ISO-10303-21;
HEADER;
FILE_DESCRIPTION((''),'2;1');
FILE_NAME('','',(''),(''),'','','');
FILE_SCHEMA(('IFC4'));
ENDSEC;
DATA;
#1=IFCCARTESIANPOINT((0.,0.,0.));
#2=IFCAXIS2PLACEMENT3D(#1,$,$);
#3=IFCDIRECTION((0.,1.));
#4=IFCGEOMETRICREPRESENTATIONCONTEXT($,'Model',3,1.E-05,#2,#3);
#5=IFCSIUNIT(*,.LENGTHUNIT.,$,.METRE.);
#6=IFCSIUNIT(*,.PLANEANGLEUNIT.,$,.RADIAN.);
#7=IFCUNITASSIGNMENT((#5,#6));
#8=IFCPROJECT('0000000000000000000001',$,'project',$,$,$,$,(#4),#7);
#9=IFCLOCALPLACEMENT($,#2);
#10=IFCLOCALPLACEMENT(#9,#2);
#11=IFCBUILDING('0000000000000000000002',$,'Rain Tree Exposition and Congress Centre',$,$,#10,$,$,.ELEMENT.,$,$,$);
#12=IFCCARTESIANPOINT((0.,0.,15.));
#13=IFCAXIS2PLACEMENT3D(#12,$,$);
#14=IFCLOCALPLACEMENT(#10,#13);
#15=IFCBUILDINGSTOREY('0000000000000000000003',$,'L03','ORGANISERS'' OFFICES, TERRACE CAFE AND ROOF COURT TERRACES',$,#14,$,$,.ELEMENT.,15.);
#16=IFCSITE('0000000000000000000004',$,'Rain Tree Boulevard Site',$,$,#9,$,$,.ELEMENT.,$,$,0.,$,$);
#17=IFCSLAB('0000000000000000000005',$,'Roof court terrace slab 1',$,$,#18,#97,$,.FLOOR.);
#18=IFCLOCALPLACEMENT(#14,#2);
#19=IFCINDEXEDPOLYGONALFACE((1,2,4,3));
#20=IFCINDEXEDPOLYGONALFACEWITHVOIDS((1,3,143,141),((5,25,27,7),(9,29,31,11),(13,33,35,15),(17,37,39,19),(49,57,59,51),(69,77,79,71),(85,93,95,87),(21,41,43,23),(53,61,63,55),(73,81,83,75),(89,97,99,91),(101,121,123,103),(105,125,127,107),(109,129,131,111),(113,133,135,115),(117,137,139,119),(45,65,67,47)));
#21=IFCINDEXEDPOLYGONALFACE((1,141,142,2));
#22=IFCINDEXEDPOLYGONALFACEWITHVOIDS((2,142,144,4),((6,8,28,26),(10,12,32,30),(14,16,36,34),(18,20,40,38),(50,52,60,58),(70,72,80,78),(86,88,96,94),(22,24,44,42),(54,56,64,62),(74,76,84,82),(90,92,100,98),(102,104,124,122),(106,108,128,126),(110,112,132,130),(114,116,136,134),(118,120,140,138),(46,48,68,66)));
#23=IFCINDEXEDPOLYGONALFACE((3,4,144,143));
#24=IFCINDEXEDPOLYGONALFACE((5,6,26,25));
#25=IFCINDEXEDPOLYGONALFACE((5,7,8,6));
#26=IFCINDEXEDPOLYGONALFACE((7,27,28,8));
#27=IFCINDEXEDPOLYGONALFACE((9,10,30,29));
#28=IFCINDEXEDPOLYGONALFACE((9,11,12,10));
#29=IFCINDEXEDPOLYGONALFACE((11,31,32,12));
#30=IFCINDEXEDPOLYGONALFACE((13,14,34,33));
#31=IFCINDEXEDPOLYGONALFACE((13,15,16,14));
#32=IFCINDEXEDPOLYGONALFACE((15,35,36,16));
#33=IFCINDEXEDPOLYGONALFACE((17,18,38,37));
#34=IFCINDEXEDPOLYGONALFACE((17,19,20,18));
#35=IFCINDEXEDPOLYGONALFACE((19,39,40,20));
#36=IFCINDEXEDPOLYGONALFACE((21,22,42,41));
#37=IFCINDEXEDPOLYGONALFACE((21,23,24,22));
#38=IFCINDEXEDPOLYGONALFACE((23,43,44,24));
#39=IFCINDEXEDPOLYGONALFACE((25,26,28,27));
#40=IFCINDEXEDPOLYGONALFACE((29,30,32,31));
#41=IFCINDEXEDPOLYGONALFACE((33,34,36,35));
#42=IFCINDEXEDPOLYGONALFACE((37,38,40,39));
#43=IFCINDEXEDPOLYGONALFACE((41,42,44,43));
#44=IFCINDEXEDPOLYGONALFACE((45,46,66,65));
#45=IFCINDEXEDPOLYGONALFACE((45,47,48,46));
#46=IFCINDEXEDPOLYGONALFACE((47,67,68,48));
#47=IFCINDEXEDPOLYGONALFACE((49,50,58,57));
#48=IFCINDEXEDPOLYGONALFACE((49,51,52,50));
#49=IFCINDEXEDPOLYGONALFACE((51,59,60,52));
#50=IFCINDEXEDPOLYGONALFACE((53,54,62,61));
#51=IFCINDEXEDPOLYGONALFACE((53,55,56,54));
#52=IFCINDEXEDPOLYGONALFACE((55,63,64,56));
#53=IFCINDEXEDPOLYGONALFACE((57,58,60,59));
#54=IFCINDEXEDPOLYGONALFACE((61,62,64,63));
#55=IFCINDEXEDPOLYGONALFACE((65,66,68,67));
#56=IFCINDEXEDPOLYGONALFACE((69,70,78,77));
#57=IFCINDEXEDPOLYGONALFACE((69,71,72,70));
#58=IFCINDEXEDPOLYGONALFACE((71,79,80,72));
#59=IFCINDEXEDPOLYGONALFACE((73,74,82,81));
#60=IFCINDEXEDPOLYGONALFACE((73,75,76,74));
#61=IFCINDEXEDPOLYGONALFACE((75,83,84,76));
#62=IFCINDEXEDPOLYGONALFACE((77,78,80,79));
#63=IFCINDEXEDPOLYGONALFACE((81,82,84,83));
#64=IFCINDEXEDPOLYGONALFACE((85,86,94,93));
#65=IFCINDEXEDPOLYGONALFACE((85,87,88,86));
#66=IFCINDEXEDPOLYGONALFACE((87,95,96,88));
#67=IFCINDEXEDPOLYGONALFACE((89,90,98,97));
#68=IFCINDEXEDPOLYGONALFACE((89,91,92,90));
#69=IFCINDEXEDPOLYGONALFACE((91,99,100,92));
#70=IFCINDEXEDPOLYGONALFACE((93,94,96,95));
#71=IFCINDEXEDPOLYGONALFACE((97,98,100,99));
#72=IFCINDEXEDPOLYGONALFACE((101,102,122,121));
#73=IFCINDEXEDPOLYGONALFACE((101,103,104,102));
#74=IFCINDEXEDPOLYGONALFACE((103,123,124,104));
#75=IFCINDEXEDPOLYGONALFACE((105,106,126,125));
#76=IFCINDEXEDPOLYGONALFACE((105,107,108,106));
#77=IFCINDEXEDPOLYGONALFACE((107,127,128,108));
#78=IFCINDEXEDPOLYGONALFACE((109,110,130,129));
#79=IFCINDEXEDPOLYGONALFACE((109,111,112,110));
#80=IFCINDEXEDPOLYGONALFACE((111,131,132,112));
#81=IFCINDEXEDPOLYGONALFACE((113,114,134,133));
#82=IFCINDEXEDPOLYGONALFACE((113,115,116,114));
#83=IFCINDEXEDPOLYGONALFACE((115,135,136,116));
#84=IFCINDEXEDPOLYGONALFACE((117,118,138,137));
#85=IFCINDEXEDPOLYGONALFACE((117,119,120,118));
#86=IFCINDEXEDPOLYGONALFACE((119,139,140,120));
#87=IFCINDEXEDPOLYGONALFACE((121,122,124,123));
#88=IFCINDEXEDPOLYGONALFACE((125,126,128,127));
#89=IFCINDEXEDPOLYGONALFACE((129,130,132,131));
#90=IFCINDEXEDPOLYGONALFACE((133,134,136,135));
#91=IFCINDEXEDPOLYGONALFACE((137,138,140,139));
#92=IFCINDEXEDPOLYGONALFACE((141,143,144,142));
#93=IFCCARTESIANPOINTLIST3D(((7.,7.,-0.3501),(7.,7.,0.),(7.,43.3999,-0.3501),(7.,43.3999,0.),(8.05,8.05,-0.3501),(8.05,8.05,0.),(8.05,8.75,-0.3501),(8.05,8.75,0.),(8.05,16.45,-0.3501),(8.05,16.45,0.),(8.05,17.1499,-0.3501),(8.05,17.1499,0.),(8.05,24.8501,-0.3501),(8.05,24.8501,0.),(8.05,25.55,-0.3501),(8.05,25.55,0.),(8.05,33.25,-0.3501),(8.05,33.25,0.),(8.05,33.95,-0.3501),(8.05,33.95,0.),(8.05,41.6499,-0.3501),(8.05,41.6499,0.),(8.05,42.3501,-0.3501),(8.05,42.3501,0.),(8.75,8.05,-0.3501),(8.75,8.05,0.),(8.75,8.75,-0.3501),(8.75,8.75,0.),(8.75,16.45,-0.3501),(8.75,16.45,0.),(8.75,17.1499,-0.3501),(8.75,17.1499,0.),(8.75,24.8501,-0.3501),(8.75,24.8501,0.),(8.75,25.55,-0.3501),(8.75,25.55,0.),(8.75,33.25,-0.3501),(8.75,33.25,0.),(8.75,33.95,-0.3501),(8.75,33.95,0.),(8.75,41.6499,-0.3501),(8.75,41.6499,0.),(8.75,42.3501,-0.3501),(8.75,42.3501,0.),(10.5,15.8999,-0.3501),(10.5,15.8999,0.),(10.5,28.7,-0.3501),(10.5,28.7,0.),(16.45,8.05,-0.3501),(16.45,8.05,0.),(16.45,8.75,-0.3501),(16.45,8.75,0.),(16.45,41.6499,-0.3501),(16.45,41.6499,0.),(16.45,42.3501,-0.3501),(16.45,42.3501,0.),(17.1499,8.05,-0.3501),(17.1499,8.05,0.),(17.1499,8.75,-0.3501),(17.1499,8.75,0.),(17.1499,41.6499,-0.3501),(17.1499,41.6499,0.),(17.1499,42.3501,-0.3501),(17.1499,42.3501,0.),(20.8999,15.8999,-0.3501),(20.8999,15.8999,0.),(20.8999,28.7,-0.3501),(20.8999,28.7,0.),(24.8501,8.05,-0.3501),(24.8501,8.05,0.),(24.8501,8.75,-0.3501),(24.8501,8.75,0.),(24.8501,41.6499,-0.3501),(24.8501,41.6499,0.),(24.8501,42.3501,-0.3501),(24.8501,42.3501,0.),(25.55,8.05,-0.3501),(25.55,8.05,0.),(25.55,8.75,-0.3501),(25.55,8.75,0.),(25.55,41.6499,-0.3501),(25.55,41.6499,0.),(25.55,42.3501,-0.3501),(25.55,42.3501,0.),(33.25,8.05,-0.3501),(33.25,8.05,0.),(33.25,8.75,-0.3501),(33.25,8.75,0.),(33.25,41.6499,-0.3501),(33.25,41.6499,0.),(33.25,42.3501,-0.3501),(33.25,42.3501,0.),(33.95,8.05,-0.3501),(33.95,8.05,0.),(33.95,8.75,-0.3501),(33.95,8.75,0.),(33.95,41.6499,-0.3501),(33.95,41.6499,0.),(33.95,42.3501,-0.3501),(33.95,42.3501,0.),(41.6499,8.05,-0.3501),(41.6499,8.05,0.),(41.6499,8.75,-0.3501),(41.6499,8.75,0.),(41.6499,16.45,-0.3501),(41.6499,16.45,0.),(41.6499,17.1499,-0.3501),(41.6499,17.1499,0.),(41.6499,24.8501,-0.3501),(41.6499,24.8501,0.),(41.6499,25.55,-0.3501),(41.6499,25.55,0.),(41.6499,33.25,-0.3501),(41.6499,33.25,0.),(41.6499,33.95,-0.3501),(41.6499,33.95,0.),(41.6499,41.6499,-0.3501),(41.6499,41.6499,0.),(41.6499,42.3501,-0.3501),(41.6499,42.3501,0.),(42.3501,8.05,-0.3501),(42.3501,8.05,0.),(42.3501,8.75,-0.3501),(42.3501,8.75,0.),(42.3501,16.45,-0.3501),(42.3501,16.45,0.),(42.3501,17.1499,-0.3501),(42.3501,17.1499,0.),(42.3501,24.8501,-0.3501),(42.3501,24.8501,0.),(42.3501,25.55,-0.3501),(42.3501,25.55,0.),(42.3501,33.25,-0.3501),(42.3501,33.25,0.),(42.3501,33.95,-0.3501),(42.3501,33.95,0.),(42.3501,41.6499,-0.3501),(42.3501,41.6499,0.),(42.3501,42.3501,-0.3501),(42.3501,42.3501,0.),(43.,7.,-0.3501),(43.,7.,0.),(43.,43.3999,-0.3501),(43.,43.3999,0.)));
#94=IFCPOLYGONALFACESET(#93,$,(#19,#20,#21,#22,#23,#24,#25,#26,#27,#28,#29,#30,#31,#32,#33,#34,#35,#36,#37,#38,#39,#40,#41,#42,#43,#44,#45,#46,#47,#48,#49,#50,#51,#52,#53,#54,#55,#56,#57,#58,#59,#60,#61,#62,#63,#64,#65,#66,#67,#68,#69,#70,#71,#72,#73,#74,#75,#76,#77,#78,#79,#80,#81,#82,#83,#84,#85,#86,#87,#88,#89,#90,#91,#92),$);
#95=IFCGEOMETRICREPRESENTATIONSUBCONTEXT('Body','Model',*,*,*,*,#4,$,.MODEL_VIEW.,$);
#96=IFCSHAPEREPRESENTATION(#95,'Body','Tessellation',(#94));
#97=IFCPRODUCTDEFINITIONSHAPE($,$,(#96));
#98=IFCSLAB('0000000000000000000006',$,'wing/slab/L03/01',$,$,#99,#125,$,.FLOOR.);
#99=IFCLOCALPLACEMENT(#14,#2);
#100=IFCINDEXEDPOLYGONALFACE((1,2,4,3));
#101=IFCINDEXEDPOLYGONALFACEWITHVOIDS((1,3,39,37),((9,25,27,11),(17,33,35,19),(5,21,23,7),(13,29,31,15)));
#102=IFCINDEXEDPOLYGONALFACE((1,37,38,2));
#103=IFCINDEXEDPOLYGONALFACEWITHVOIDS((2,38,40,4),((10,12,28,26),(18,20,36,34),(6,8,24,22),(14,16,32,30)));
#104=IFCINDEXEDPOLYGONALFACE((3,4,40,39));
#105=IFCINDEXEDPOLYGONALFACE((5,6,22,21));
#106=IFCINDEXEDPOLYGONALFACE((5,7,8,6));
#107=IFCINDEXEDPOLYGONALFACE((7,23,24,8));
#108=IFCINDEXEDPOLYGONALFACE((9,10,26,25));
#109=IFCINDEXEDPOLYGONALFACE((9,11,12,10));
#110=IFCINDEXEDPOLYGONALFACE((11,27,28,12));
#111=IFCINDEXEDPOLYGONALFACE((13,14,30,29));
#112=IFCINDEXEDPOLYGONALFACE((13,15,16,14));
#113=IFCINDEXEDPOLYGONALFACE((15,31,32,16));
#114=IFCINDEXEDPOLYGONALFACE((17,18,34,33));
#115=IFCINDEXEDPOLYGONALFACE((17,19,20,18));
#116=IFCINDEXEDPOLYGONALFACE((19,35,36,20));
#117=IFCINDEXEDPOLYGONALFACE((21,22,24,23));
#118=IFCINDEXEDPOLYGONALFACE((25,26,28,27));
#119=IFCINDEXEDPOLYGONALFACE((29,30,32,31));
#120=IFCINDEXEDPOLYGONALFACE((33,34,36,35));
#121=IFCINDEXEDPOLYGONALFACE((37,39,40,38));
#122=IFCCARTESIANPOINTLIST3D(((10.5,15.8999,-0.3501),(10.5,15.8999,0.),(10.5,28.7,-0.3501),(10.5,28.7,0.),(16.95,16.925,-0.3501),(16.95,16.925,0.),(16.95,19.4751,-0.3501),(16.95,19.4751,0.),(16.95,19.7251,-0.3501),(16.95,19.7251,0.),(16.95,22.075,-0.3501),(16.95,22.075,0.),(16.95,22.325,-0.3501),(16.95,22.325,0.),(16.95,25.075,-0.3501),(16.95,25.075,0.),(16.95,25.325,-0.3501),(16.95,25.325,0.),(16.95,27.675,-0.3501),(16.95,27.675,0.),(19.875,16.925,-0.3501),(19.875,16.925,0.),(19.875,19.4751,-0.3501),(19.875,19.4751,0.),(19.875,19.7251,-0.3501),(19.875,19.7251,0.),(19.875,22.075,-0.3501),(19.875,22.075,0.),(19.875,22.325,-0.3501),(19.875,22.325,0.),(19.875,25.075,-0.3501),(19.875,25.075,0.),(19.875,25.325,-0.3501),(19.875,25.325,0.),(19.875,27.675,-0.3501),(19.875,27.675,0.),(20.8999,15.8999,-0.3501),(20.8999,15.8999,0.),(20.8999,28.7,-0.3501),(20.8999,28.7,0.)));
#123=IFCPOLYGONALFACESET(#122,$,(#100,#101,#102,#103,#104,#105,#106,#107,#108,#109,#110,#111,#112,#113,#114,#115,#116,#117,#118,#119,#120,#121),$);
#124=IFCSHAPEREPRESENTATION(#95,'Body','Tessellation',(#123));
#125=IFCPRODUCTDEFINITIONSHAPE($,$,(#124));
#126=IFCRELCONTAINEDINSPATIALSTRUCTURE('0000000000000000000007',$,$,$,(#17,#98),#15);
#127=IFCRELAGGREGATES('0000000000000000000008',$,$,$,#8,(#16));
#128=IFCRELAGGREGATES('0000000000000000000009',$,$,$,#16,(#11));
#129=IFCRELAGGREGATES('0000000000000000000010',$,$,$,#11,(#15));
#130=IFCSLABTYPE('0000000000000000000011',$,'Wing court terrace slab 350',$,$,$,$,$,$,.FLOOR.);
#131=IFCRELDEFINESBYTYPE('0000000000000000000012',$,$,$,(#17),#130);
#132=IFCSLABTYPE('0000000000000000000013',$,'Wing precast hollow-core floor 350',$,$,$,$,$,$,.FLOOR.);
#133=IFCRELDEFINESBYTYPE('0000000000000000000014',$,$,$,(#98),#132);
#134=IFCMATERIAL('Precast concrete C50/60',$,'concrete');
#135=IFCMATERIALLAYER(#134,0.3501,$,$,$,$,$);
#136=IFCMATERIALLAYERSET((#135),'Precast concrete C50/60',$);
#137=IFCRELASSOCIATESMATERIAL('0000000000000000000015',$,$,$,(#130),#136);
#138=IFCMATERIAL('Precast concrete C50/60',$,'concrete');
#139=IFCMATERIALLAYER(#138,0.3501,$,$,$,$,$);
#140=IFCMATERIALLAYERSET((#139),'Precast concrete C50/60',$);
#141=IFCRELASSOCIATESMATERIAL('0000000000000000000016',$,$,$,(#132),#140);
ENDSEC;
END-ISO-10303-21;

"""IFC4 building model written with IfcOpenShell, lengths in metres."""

from ifc_helpers import new_model, si_unit, direction, frame, origin, place, context, subcontext, project, spatial, polyline, outline, extrude, material, layer, layer_set, type_object, element, save


model = new_model("IFC4")

# Units and contexts
model_context = context("Model", 3, precision=1e-05, world=origin(), true_north=direction((0.0, 1.0)))
body_context = subcontext(model_context, "Body", "Model", "MODEL_VIEW")
ifc_project = project(units=[si_unit("LENGTHUNIT", "METRE"), si_unit("PLANEANGLEUNIT", "RADIAN")], contexts=[model_context])

# Site, building, storey
site_placement = place(None, origin())
site = spatial("IfcSite", under=ifc_project, at=site_placement, Name="Rain Tree Boulevard Site", CompositionType="ELEMENT", RefElevation=0.0)
building_placement = place(site_placement, origin())
building = spatial("IfcBuilding", under=site, at=building_placement, Name="Rain Tree Exposition and Congress Centre", CompositionType="ELEMENT")
storey_placement = place(building_placement, frame((0.0, 0.0, 15.0)))
storey = spatial("IfcBuildingStorey", under=building, at=storey_placement, Name="L03", Description="ORGANISERS' OFFICES, TERRACE CAFE AND ROOF COURT TERRACES", CompositionType="ELEMENT", Elevation=15.0)

# Slabs
ifc_material_1 = material(Name="Precast concrete C50/60", Category="concrete")
ifc_layer_1 = layer(ifc_material_1, 0.3501)
ifc_layer_set_1 = layer_set([ifc_layer_1], Name="Precast concrete C50/60")
slab_type_1 = type_object("IfcSlabType", Name="Wing court terrace slab 350", PredefinedType="FLOOR", material=ifc_layer_set_1)
slab_1_placement = place(storey_placement, frame((0.0, 0.0, -0.3501)))
element("IfcSlab", 1, at=slab_1_placement, inside=storey, type_object=slab_type_1, Name="Roof court terrace slab 1", PredefinedType="FLOOR", context=body_context, shape_type="SweptSolid", body=[
    extrude(outline(polyline([(7.0, 43.3999), (7.0, 7.0), (43.0, 7.0), (43.0, 43.3999), (7.0, 43.3999)]), holes=[polyline([(8.75, 8.05), (8.05, 8.05), (8.05, 8.75), (8.75, 8.75), (8.75, 8.05)]), polyline([(8.75, 17.1499), (8.75, 16.45), (8.05, 16.45), (8.05, 17.1499), (8.75, 17.1499)]), polyline([(8.75, 24.8501), (8.05, 24.8501), (8.05, 25.55), (8.75, 25.55), (8.75, 24.8501)]), polyline([(8.75, 33.25), (8.05, 33.25), (8.05, 33.95), (8.75, 33.95), (8.75, 33.25)]), polyline([(8.75, 42.3501), (8.75, 41.6499), (8.05, 41.6499), (8.05, 42.3501), (8.75, 42.3501)]), polyline([(17.1499, 8.05), (16.45, 8.05), (16.45, 8.75), (17.1499, 8.75), (17.1499, 8.05)]), polyline([(25.55, 8.05), (24.8501, 8.05), (24.8501, 8.75), (25.55, 8.75), (25.55, 8.05)]), polyline([(33.95, 8.75), (33.95, 8.05), (33.25, 8.05), (33.25, 8.75), (33.95, 8.75)]), polyline([(17.1499, 41.6499), (16.45, 41.6499), (16.45, 42.3501), (17.1499, 42.3501), (17.1499, 41.6499)]), polyline([(25.55, 42.3501), (25.55, 41.6499), (24.8501, 41.6499), (24.8501, 42.3501), (25.55, 42.3501)]), polyline([(33.95, 41.6499), (33.25, 41.6499), (33.25, 42.3501), (33.95, 42.3501), (33.95, 41.6499)]), polyline([(42.3501, 8.05), (41.6499, 8.05), (41.6499, 8.75), (42.3501, 8.75), (42.3501, 8.05)]), polyline([(42.3501, 16.45), (41.6499, 16.45), (41.6499, 17.1499), (42.3501, 17.1499), (42.3501, 16.45)]), polyline([(42.3501, 25.55), (42.3501, 24.8501), (41.6499, 24.8501), (41.6499, 25.55), (42.3501, 25.55)]), polyline([(42.3501, 33.25), (41.6499, 33.25), (41.6499, 33.95), (42.3501, 33.95), (42.3501, 33.25)]), polyline([(42.3501, 41.6499), (41.6499, 41.6499), (41.6499, 42.3501), (42.3501, 42.3501), (42.3501, 41.6499)]), polyline([(10.5, 28.7), (20.8999, 28.7), (20.8999, 15.8999), (10.5, 15.8999), (10.5, 28.7)])]), origin(), (0.0, 0.0, 1.0), 0.3501),
])
ifc_material_2 = material(Name="Precast concrete C50/60", Category="concrete")
ifc_layer_2 = layer(ifc_material_2, 0.3501)
ifc_layer_set_2 = layer_set([ifc_layer_2], Name="Precast concrete C50/60")
slab_type_2 = type_object("IfcSlabType", Name="Wing precast hollow-core floor 350", PredefinedType="FLOOR", material=ifc_layer_set_2)
slab_2_placement = place(storey_placement, frame((0.0, 0.0, -0.3501)))
element("IfcSlab", 2, at=slab_2_placement, inside=storey, type_object=slab_type_2, Name="wing/slab/L03/01", PredefinedType="FLOOR", context=body_context, shape_type="SweptSolid", body=[
    extrude(outline(polyline([(20.8999, 28.7), (10.5, 28.7), (10.5, 15.8999), (20.8999, 15.8999), (20.8999, 28.7)]), holes=[polyline([(19.875, 16.925), (16.95, 16.925), (16.95, 19.4751), (19.875, 19.4751), (19.875, 16.925)]), polyline([(19.875, 19.7251), (16.95, 19.7251), (16.95, 22.075), (19.875, 22.075), (19.875, 19.7251)]), polyline([(19.875, 25.075), (19.875, 22.325), (16.95, 22.325), (16.95, 25.075), (19.875, 25.075)]), polyline([(19.875, 25.325), (16.95, 25.325), (16.95, 27.675), (19.875, 27.675), (19.875, 25.325)])]), origin(), (0.0, 0.0, 1.0), 0.3501),
])

save(model, "model.ifc")
